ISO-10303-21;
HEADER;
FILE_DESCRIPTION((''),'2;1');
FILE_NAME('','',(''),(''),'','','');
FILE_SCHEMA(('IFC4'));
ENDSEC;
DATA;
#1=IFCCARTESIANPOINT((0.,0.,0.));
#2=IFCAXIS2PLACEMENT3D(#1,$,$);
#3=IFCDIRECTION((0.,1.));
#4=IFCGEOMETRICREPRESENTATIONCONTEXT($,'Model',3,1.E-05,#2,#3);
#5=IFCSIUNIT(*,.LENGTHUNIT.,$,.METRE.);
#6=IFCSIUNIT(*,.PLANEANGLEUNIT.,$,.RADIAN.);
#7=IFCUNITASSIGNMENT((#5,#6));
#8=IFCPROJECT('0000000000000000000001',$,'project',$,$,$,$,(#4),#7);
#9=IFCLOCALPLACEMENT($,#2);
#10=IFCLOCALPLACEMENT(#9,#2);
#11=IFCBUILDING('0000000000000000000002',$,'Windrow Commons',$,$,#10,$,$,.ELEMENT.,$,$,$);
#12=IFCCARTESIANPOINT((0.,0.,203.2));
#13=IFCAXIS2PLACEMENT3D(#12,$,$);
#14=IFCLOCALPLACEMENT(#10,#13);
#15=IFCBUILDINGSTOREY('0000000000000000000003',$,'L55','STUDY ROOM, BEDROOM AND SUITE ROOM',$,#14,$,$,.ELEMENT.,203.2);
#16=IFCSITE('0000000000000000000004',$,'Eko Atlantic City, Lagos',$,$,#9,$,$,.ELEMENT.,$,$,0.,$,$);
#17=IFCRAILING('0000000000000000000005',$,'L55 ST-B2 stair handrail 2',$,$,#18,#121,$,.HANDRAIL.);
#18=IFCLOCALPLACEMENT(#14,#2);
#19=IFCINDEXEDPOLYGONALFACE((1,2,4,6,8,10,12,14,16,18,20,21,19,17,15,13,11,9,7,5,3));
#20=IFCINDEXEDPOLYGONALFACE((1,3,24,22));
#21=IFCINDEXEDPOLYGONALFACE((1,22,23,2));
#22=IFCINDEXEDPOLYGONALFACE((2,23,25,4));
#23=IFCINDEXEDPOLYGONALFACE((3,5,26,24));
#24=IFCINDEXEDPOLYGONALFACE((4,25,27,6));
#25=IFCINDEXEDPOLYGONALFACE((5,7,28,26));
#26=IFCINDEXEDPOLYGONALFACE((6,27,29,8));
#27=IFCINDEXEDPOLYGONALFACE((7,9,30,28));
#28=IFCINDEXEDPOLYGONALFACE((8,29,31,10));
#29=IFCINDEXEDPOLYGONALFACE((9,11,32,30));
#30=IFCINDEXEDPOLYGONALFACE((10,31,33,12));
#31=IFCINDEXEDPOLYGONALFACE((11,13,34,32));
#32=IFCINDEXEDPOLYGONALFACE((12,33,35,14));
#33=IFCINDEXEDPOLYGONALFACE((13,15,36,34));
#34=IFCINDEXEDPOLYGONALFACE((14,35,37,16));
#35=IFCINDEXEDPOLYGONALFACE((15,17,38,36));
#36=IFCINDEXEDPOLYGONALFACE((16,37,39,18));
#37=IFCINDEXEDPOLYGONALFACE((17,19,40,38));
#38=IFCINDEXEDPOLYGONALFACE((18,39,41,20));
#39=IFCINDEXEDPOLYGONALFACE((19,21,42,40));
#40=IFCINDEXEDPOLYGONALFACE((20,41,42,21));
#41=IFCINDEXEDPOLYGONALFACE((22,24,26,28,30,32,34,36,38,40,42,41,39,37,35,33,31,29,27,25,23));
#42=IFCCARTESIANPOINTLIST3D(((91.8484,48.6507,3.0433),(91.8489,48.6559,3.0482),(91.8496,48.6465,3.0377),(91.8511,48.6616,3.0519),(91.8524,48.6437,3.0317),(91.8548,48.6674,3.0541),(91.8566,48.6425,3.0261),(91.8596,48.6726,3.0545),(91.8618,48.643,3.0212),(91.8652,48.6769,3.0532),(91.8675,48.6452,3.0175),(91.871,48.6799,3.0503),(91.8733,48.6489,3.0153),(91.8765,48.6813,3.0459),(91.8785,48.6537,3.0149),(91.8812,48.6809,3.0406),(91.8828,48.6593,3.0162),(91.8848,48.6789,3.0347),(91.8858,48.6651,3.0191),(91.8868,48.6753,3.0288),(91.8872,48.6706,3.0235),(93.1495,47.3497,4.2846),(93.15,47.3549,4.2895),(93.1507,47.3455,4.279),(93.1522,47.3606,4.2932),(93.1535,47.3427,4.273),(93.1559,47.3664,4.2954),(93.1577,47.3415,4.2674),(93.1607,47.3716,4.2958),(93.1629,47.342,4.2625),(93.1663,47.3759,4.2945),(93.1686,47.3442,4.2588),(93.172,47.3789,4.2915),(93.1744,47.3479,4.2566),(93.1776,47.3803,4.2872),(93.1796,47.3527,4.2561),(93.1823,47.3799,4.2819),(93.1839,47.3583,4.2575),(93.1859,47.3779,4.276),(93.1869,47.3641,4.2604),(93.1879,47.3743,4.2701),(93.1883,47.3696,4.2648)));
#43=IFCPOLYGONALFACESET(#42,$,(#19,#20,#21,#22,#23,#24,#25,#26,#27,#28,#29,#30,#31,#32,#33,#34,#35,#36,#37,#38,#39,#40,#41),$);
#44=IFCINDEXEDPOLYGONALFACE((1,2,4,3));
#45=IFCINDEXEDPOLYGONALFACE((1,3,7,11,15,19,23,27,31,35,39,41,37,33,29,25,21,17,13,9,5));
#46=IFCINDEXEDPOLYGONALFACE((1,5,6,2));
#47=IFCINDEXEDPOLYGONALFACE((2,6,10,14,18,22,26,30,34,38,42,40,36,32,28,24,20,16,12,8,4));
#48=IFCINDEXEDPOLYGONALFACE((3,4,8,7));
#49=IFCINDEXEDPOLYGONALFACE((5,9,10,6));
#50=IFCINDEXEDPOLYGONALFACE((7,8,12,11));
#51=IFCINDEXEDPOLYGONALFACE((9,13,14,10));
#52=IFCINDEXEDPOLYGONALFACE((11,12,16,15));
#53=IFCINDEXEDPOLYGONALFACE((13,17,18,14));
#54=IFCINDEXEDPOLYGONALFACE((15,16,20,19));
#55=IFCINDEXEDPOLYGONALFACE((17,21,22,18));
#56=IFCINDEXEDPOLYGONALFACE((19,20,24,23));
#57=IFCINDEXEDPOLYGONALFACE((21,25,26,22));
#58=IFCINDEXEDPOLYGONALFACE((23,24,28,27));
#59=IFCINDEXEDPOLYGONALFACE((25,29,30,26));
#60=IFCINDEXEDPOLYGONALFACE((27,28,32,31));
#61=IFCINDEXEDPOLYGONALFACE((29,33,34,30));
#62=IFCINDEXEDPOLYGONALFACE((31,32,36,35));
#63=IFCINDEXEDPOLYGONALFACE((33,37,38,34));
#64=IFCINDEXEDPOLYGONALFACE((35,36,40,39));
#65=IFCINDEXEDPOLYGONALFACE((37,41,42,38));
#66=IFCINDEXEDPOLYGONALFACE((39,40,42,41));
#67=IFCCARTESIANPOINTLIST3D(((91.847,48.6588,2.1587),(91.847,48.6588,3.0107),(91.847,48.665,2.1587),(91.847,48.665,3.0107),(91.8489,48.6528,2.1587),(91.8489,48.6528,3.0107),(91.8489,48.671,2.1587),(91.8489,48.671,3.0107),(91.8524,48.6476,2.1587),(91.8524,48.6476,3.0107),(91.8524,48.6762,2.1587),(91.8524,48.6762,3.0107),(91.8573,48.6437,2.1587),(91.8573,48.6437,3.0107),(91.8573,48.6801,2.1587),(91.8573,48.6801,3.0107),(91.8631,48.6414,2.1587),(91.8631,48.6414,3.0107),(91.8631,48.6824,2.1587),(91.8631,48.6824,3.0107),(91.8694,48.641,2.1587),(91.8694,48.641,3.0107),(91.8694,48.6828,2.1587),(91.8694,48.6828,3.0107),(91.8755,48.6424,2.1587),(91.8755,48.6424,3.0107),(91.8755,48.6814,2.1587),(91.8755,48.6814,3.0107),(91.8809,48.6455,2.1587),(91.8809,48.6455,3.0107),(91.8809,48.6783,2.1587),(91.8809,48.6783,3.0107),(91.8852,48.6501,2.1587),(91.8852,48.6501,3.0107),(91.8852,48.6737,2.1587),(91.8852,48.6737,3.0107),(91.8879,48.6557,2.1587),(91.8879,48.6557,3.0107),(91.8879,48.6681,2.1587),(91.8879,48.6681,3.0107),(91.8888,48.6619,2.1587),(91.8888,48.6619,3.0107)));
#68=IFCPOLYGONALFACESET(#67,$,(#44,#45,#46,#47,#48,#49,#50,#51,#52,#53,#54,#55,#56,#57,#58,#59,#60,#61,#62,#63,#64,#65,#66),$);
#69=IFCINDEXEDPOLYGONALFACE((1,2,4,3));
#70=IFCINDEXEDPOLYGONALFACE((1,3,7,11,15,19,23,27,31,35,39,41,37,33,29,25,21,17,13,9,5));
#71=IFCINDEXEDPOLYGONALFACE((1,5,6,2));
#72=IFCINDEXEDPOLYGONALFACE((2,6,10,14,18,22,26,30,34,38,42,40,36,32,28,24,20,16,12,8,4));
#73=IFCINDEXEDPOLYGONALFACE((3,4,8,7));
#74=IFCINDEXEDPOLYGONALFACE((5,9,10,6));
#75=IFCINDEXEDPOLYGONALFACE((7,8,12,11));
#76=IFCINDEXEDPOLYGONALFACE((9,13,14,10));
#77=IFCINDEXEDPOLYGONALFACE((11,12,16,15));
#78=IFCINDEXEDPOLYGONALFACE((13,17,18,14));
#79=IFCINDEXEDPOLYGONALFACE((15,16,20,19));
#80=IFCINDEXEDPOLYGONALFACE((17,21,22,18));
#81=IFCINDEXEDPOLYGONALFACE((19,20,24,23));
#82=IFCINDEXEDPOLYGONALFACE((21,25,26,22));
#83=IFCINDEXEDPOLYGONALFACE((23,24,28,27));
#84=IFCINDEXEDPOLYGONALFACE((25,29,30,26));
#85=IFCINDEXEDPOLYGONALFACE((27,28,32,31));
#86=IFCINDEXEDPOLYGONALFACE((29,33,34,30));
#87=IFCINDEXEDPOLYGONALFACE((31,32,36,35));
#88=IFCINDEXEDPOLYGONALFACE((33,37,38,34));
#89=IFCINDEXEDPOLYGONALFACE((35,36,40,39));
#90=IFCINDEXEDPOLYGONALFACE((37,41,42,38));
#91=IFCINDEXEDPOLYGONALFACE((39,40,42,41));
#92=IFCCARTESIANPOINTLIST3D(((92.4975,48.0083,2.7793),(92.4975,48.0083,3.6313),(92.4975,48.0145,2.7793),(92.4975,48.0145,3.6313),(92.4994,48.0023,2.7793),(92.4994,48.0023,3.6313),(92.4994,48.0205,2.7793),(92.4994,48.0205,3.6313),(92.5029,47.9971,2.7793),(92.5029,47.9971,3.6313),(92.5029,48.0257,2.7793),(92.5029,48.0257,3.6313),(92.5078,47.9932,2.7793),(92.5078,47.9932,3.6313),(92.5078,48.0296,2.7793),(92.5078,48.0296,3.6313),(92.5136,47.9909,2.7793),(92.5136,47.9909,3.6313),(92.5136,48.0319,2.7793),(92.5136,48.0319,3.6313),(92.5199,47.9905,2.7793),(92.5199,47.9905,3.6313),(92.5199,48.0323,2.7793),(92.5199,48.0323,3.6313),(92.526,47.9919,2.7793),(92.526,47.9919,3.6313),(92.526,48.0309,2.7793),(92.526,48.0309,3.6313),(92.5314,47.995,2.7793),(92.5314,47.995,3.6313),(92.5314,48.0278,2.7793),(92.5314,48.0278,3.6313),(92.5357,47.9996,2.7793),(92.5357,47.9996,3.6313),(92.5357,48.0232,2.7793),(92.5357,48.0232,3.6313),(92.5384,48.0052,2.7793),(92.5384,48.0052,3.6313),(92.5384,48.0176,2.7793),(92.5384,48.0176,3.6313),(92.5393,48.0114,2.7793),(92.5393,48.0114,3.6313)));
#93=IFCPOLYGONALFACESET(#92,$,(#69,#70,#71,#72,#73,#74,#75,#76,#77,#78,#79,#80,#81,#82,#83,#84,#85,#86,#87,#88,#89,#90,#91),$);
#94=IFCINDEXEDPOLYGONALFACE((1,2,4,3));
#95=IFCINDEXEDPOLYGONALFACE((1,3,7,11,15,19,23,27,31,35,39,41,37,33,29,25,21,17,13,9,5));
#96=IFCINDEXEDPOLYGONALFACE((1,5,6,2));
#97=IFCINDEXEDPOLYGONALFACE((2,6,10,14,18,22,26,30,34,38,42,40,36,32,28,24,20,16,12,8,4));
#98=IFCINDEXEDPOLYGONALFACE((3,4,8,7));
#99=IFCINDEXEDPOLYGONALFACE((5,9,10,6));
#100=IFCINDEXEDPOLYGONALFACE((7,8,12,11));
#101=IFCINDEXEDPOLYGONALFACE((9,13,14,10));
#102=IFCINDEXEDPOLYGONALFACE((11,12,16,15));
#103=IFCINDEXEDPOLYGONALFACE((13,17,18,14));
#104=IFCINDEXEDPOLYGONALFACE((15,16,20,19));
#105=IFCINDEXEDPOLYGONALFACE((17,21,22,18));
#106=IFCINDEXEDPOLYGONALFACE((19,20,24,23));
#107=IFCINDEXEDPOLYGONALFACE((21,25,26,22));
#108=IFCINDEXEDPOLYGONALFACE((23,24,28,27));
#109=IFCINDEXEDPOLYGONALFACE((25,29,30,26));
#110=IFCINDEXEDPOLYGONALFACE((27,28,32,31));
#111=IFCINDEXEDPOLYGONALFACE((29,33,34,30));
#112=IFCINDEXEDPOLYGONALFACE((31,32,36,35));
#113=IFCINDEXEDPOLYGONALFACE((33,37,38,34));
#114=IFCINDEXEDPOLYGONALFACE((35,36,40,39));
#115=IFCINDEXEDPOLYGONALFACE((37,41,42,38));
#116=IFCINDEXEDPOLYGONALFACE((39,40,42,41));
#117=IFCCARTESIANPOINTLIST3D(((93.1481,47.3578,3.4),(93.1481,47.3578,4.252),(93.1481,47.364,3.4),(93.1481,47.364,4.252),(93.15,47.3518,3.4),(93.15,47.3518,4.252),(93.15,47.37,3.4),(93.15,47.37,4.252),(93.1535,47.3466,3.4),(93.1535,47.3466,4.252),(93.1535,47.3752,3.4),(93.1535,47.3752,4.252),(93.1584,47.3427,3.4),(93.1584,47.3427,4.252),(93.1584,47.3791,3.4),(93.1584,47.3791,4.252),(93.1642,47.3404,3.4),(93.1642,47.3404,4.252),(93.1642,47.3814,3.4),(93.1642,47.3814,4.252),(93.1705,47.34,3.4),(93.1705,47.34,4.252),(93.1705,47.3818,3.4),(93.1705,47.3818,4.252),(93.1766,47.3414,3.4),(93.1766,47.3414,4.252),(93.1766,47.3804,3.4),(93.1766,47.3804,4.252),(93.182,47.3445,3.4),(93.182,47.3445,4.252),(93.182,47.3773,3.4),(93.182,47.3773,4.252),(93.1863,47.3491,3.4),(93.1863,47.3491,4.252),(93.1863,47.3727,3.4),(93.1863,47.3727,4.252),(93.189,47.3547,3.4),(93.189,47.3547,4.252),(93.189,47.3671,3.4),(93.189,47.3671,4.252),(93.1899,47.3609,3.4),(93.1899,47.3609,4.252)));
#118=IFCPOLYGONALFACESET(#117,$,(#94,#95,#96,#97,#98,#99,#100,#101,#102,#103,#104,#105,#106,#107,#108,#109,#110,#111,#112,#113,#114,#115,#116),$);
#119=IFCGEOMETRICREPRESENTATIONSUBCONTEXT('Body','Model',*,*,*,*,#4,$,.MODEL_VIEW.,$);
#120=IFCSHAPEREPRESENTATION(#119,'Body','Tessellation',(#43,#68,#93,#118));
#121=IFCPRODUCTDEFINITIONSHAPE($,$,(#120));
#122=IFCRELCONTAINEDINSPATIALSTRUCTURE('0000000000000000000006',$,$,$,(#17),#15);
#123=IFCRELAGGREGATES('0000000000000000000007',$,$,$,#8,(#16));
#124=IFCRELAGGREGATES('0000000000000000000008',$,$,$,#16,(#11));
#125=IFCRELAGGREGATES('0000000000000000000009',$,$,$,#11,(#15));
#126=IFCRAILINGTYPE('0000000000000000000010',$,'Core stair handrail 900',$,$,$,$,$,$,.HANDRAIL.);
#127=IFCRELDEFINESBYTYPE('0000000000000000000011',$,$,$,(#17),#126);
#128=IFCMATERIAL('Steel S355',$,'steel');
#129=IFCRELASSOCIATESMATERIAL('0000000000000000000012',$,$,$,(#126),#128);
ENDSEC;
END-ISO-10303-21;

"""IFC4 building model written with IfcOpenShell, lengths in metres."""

from ifc_helpers import new_model, si_unit, direction, frame, origin, origin_2d, place, context, subcontext, project, spatial, circle, extrude, material, type_object, element, save


model = new_model("IFC4")

# Units and contexts
model_context = context("Model", 3, precision=1e-05, world=origin(), true_north=direction((0.0, 1.0)))
body_context = subcontext(model_context, "Body", "Model", "MODEL_VIEW")
ifc_project = project(units=[si_unit("LENGTHUNIT", "METRE"), si_unit("PLANEANGLEUNIT", "RADIAN")], contexts=[model_context])

# Site, building, storey
site_placement = place(None, origin())
site = spatial("IfcSite", under=ifc_project, at=site_placement, Name="Eko Atlantic City, Lagos", CompositionType="ELEMENT", RefElevation=0.0)
building_placement = place(site_placement, origin())
building = spatial("IfcBuilding", under=site, at=building_placement, Name="Windrow Commons", CompositionType="ELEMENT")
storey_placement = place(building_placement, frame((0.0, 0.0, 203.2)))
storey = spatial("IfcBuildingStorey", under=building, at=storey_placement, Name="L55", Description="STUDY ROOM, BEDROOM AND SUITE ROOM", CompositionType="ELEMENT", Elevation=203.2)

# Railing
ifc_material_1 = material(Name="Steel S355", Category="steel")
railing_type_1 = type_object("IfcRailingType", Name="Core stair handrail 900", PredefinedType="HANDRAIL", material=ifc_material_1)
railing_1_placement = place(storey_placement, frame((91.8678, 48.6619, 2.1587)))
element("IfcRailing", 1, at=railing_1_placement, inside=storey, type_object=railing_type_1, Name="L55 ST-B2 stair handrail 2", PredefinedType="HANDRAIL", context=body_context, shape_type="SweptSolid", body=[
    extrude(circle(Radius=0.024, at=origin_2d()), frame((0.0, 0.0, 0.876), z_axis=(0.586207, -0.586162, 0.559264), x_axis=(0.70708, 0.707134, 0.0)), (0.0, 0.0, 1.0), 2.2195),
    extrude(circle(Radius=0.021, at=origin_2d()), origin(), (0.0, 0.0, 1.0), 0.852),
    extrude(circle(Radius=0.021, at=origin_2d()), frame((0.6505, -0.6505, 0.6206)), (0.0, 0.0, 1.0), 0.852),
    extrude(circle(Radius=0.021, at=origin_2d()), frame((1.3011, -1.301, 1.2413)), (0.0, 0.0, 1.0), 0.852),
])

save(model, "model.ifc")
